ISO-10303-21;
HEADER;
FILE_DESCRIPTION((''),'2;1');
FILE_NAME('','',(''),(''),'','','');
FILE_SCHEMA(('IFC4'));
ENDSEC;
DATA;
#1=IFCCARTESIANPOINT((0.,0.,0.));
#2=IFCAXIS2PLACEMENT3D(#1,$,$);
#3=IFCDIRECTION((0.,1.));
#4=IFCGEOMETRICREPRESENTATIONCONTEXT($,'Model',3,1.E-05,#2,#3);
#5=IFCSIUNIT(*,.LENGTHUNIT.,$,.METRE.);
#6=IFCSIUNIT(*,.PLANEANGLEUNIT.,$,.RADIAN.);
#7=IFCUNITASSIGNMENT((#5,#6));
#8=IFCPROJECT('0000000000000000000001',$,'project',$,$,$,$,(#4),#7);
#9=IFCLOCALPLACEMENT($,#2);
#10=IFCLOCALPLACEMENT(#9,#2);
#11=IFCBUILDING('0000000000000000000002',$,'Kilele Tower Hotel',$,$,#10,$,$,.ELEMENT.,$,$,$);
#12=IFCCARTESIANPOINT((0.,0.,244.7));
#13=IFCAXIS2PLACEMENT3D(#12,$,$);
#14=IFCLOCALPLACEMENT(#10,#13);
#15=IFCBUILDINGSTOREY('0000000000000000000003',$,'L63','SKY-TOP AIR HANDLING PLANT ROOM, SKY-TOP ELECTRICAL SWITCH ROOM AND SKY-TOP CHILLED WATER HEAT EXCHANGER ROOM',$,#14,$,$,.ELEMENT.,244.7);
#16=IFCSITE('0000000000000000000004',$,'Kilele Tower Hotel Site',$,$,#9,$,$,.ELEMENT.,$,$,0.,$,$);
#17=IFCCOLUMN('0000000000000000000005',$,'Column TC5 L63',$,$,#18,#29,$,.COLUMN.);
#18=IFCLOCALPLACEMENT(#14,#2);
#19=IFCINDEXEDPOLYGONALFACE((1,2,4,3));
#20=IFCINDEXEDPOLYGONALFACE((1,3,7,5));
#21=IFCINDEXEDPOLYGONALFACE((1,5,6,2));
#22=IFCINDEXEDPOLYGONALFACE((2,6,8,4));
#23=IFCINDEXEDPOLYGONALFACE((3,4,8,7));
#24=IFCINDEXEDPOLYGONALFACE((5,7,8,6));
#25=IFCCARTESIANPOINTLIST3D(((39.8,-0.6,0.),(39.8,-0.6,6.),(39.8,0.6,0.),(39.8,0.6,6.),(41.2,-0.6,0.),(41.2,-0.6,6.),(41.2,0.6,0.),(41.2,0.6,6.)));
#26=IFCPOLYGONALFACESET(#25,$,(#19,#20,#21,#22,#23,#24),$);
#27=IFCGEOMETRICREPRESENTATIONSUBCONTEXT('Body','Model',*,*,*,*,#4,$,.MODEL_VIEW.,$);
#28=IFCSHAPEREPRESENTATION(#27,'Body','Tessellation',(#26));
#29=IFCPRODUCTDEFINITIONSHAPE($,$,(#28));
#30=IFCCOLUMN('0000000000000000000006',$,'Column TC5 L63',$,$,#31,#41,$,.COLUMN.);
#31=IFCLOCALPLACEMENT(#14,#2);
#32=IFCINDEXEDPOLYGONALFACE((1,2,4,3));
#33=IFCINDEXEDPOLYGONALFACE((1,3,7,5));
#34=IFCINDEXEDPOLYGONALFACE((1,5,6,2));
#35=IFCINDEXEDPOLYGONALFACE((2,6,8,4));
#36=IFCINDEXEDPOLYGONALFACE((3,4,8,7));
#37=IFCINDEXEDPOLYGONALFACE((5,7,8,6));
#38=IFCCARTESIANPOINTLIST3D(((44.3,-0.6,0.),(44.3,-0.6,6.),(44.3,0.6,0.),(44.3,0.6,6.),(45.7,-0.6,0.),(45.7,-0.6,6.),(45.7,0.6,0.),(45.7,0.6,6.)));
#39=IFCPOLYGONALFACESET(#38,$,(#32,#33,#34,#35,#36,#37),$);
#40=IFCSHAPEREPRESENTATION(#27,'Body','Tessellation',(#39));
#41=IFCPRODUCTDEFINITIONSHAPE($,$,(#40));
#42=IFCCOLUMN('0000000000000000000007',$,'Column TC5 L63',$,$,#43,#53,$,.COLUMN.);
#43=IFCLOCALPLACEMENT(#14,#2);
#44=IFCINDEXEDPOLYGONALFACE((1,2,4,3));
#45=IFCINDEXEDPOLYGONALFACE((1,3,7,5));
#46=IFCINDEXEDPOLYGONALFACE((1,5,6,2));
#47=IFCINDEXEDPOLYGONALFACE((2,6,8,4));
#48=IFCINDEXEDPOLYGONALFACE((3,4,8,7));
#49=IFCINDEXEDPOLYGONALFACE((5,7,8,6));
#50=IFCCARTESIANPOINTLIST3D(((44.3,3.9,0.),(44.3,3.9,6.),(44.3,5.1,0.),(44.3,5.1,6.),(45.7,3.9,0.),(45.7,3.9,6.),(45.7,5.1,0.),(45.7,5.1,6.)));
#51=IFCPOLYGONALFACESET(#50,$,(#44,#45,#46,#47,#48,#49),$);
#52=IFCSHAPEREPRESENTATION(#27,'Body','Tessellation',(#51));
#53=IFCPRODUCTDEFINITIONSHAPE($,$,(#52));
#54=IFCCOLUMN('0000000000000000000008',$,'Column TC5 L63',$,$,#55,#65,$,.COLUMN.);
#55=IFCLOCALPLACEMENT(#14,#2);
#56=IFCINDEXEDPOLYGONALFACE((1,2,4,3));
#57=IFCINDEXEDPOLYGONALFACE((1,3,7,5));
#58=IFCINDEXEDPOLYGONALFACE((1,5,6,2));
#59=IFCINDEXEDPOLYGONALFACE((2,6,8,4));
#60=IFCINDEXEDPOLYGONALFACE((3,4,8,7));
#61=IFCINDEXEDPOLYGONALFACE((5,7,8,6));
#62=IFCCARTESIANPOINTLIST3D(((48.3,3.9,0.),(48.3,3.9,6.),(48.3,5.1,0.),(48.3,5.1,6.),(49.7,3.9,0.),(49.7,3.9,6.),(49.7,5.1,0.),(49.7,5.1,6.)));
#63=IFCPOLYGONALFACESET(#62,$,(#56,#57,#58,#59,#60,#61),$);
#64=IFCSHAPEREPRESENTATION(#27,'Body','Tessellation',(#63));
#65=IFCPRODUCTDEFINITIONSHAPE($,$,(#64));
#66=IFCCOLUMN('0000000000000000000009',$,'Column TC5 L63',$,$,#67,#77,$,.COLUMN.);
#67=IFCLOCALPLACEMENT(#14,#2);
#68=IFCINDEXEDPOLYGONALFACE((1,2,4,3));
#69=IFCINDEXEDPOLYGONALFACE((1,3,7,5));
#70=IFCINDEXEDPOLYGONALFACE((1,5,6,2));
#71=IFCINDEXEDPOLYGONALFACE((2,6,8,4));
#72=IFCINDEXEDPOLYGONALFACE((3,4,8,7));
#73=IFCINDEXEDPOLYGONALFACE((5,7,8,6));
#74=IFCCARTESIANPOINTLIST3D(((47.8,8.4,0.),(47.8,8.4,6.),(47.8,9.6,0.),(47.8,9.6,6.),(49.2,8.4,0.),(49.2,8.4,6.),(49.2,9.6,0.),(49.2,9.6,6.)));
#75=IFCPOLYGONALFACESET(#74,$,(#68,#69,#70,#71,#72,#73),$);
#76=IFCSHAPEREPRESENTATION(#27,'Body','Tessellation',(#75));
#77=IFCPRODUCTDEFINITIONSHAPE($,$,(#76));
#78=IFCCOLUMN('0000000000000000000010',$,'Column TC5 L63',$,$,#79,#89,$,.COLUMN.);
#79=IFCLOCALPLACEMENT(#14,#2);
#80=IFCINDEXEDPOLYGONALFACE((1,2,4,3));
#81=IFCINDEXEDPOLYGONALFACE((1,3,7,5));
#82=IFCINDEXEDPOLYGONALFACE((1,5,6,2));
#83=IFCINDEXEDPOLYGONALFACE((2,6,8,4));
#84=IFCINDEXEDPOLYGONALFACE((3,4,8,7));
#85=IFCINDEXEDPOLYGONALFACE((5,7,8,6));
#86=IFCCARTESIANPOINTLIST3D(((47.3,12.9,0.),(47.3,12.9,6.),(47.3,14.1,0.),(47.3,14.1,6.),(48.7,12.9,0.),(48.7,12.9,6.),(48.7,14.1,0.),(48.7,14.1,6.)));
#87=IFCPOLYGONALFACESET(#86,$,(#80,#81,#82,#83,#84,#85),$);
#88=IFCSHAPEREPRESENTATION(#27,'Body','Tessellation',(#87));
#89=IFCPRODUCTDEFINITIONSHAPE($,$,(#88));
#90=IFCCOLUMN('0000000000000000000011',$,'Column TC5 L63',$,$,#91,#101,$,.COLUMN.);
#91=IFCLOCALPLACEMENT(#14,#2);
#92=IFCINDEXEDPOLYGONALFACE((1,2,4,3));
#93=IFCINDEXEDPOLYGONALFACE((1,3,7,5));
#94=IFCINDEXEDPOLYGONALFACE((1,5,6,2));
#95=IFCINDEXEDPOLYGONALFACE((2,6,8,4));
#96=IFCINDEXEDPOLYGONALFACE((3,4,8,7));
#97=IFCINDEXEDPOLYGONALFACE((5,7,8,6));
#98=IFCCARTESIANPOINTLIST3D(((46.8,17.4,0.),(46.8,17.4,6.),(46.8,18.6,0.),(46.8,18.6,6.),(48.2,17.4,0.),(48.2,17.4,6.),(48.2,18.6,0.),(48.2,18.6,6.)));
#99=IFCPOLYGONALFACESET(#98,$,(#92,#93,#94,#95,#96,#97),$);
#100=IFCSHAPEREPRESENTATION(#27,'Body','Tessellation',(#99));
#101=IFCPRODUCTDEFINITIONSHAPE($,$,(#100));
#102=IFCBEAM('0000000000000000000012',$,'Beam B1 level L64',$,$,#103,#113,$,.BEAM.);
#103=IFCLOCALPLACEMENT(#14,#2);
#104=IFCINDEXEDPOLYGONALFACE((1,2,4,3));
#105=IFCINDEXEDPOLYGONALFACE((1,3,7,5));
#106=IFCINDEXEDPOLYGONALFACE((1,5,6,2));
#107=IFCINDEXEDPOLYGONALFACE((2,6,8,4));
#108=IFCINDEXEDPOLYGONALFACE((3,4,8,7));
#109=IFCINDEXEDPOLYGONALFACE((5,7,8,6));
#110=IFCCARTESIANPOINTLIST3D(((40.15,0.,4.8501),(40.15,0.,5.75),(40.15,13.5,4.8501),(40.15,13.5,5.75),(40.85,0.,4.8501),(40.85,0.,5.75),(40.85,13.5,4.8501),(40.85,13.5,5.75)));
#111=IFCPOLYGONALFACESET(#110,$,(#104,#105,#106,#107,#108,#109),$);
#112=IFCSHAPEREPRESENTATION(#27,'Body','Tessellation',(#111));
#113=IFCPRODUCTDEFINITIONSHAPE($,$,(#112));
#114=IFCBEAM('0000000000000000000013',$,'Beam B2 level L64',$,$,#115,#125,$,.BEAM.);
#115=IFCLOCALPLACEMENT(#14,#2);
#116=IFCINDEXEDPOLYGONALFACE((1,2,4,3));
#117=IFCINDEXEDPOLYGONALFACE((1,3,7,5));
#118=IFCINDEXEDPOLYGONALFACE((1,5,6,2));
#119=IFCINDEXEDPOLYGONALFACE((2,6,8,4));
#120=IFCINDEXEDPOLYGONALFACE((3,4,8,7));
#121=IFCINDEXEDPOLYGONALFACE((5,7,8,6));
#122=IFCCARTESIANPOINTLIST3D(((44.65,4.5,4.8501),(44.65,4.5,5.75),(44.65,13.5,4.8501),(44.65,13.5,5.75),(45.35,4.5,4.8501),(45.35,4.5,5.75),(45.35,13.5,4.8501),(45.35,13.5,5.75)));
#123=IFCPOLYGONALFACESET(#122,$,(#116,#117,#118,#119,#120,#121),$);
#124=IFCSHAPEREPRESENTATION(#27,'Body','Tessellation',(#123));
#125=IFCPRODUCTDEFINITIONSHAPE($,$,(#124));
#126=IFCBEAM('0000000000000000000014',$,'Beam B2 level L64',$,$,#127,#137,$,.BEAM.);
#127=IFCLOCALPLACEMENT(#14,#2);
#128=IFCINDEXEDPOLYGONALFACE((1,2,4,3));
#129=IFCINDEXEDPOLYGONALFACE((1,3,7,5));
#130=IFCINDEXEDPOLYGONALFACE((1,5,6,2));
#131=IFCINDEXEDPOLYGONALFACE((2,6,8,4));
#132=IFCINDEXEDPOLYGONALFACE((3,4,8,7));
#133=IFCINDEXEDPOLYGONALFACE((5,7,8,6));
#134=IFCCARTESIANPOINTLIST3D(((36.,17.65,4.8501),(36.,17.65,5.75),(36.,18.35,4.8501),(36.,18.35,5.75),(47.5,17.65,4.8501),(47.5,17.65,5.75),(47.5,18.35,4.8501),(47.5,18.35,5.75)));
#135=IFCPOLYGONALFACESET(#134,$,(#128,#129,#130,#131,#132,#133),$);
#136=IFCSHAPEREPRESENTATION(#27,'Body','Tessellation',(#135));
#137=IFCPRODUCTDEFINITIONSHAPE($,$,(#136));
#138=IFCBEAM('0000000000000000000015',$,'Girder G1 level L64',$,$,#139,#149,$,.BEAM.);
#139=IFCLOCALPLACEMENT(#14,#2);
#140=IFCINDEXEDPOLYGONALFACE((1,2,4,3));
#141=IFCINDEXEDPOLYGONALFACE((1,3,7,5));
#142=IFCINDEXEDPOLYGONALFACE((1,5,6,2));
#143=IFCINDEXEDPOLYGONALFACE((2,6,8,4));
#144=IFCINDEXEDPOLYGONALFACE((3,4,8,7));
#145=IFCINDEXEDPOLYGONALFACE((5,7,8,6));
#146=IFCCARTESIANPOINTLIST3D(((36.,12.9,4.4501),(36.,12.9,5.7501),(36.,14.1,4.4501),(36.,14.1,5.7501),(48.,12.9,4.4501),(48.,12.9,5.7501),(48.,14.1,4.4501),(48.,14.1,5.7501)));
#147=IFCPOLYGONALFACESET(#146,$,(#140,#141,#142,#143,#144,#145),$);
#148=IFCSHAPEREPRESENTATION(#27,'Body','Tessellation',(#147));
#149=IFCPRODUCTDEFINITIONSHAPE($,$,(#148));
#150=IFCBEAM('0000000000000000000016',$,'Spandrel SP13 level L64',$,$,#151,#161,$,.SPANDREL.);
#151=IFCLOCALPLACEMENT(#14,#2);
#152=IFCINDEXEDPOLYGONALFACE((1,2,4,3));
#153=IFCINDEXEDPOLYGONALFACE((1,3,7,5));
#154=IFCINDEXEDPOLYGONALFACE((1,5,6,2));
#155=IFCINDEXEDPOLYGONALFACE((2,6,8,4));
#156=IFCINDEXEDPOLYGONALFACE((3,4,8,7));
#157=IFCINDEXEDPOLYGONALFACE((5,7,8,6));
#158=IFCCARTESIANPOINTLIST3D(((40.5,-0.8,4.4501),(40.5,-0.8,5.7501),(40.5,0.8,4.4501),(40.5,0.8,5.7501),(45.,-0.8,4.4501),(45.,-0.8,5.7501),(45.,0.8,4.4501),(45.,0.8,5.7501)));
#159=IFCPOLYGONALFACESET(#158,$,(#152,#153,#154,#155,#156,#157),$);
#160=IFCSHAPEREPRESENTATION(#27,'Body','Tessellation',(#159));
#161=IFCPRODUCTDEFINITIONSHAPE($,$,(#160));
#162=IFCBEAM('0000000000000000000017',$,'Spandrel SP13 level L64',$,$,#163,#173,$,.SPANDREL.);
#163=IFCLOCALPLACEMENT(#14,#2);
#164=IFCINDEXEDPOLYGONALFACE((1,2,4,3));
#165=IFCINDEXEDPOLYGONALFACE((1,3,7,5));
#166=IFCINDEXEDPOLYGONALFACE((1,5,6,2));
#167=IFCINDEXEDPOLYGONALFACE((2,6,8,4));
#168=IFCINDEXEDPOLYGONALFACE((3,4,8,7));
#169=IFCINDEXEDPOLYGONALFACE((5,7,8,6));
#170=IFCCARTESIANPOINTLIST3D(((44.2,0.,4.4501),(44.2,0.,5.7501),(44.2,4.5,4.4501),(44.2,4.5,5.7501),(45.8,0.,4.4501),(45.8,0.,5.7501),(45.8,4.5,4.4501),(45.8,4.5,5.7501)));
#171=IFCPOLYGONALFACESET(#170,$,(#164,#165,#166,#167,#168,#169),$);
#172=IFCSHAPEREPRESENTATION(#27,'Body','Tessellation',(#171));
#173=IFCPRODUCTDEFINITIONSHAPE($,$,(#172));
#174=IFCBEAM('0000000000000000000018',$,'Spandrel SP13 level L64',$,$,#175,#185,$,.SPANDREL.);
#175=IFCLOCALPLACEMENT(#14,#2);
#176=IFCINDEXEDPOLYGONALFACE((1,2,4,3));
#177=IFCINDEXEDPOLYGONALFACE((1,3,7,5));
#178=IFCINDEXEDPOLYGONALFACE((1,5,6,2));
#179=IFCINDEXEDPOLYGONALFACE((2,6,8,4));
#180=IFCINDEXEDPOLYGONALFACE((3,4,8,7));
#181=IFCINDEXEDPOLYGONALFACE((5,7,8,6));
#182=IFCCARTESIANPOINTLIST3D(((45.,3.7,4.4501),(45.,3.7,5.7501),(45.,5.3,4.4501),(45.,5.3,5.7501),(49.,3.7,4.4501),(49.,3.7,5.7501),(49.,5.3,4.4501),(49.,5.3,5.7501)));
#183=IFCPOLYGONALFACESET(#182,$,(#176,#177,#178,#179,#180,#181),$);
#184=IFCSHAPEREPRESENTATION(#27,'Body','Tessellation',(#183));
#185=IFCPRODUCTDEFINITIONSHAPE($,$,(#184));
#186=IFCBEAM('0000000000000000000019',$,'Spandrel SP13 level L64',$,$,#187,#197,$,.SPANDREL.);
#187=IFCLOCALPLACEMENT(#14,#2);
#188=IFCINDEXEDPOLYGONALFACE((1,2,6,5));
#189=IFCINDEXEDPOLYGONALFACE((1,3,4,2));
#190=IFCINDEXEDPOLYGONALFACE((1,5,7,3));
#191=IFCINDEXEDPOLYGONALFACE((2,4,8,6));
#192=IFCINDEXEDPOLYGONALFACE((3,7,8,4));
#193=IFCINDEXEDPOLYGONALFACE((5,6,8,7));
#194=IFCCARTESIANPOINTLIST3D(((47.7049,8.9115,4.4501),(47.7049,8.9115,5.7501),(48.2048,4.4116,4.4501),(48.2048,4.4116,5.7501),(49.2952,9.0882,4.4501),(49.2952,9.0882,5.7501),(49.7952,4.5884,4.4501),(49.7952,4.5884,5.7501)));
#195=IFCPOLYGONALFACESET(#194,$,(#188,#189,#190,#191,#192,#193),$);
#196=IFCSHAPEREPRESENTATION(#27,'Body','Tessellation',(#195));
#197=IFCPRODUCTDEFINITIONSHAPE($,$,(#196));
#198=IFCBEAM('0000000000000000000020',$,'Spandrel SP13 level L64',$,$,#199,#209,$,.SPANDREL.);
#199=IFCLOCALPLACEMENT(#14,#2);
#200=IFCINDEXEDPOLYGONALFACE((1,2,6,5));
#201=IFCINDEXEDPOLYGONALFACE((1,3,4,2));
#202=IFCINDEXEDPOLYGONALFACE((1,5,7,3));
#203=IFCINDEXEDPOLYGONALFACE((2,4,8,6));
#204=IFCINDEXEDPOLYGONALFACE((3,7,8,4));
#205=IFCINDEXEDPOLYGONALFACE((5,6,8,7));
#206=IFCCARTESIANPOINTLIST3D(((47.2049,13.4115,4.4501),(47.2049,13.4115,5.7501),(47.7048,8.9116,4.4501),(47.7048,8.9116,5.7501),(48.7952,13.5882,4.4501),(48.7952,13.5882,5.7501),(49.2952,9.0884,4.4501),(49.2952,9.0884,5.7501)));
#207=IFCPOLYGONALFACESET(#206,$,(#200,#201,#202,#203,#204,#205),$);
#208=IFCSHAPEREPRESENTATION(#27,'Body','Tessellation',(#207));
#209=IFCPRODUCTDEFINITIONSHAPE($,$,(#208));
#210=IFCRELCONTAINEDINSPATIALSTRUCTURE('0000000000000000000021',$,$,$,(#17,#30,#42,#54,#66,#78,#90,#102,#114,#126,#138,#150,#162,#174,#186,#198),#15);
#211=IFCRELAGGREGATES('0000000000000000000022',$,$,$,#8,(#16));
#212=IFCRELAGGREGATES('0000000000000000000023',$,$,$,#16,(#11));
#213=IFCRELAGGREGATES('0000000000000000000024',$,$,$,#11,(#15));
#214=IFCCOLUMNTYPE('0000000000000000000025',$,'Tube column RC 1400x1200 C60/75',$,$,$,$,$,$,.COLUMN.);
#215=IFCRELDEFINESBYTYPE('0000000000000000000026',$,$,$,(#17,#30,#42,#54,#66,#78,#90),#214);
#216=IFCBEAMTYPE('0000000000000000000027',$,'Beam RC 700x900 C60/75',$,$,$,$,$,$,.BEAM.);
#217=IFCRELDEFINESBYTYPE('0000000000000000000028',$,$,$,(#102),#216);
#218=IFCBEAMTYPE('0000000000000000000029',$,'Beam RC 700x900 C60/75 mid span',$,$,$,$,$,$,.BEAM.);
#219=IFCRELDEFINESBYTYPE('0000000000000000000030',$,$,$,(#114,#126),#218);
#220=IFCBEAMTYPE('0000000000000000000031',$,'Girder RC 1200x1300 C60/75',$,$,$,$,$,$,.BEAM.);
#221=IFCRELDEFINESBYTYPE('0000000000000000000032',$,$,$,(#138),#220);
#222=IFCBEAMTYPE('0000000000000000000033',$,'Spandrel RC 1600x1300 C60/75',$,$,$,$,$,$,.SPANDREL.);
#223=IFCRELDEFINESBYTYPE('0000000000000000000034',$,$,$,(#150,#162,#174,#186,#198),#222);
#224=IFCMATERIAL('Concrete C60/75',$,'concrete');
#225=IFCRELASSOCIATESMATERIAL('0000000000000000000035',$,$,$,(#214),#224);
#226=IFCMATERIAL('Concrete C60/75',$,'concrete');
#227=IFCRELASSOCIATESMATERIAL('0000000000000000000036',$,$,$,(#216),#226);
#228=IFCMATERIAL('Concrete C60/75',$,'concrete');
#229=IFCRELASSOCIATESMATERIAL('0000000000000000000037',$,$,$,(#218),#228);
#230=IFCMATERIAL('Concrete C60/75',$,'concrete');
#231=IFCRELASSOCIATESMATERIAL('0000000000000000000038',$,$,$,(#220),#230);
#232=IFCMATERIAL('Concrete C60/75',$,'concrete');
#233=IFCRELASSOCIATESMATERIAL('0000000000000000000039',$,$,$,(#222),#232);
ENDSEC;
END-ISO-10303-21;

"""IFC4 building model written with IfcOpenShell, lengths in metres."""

from ifc_helpers import new_model, si_unit, direction, frame, origin, origin_2d, place, context, subcontext, project, spatial, rectangle, extrude, material, material_profile, profile_set, type_object, element, save


model = new_model("IFC4")

# Units and contexts
model_context = context("Model", 3, precision=1e-05, world=origin(), true_north=direction((0.0, 1.0)))
body_context = subcontext(model_context, "Body", "Model", "MODEL_VIEW")
ifc_project = project(units=[si_unit("LENGTHUNIT", "METRE"), si_unit("PLANEANGLEUNIT", "RADIAN")], contexts=[model_context])

# Site, building, storey
site_placement = place(None, origin())
site = spatial("IfcSite", under=ifc_project, at=site_placement, Name="Kilele Tower Hotel Site", CompositionType="ELEMENT", RefElevation=0.0)
building_placement = place(site_placement, origin())
building = spatial("IfcBuilding", under=site, at=building_placement, Name="Kilele Tower Hotel", CompositionType="ELEMENT")
storey_placement = place(building_placement, frame((0.0, 0.0, 244.7)))
storey = spatial("IfcBuildingStorey", under=building, at=storey_placement, Name="L63", Description="SKY-TOP AIR HANDLING PLANT ROOM, SKY-TOP ELECTRICAL SWITCH ROOM AND SKY-TOP CHILLED WATER HEAT EXCHANGER ROOM", CompositionType="ELEMENT", Elevation=244.7)

# Columns
ifc_material_1 = material(Name="Concrete C60/75", Category="concrete")
ifc_material_profile_1 = material_profile(ifc_material_1, rectangle(XDim=1.3999, YDim=1.2, at=origin_2d()))
ifc_profile_set_1 = profile_set([ifc_material_profile_1], Name="Concrete C60/75")
column_type = type_object("IfcColumnType", Name="Tube column RC 1400x1200 C60/75", PredefinedType="COLUMN", material=ifc_profile_set_1)
for number, where, z_axis, x_axis, name in (
    (1, (40.5, 0.0, 0.0), (0.0, 0.0, 1.0), (1.0, 0.0, 0.0), "Column TC5 L63"),
    (2, (45.0, 0.0, 0.0), (0.0, 0.0, 1.0), (1.0, 0.0, 0.0), "Column TC5 L63"),
    (3, (45.0, 4.5, 0.0), (0.0, 0.0, 1.0), (1.0, 0.0, 0.0), "Column TC5 L63"),
    (4, (49.0, 4.5, 0.0), (0.0, 0.0, 1.0), (1.0, 0.0, 0.0), "Column TC5 L63"),
    (5, (48.5, 9.0, 0.0), (0.0, 0.0, 1.0), (1.0, 0.0, 0.0), "Column TC5 L63"),
    (6, (48.0, 13.5, 0.0), (0.0, 0.0, 1.0), (1.0, 0.0, 0.0), "Column TC5 L63"),
    (7, (47.5, 18.0, 0.0), (0.0, 0.0, 1.0), (1.0, 0.0, 0.0), "Column TC5 L63"),
):
    element("IfcColumn", number, at=place(storey_placement, frame(where, z_axis=z_axis, x_axis=x_axis)), inside=storey, type_object=column_type, Name=name, PredefinedType="COLUMN", context=body_context, shape_type="SweptSolid", body=[
        extrude(rectangle(XDim=1.3999, YDim=1.2, at=origin_2d()), origin(), (0.0, 0.0, 1.0), 6.0),
    ])

# Beams
ifc_material_2 = material(Name="Concrete C60/75", Category="concrete")
ifc_material_profile_2 = material_profile(ifc_material_2, rectangle(XDim=0.7, YDim=0.8999, at=origin_2d()))
ifc_profile_set_2 = profile_set([ifc_material_profile_2], Name="Concrete C60/75")
beam_type_1 = type_object("IfcBeamType", Name="Beam RC 700x900 C60/75", PredefinedType="BEAM", material=ifc_profile_set_2)
beam_1_placement = place(storey_placement, frame((40.5, 0.0, 5.3), z_axis=(0.0, 1.0, 0.0), x_axis=(-1.0, 0.0, 0.0)))
element("IfcBeam", 8, at=beam_1_placement, inside=storey, type_object=beam_type_1, Name="Beam B1 level L64", PredefinedType="BEAM", context=body_context, shape_type="SweptSolid", body=[
    extrude(rectangle(XDim=0.7, YDim=0.8999, at=origin_2d()), origin(), (0.0, 0.0, 1.0), 13.5),
])
ifc_material_3 = material(Name="Concrete C60/75", Category="concrete")
ifc_material_profile_3 = material_profile(ifc_material_3, rectangle(XDim=0.7, YDim=0.8999, at=origin_2d()))
ifc_profile_set_3 = profile_set([ifc_material_profile_3], Name="Concrete C60/75")
beam_type_2 = type_object("IfcBeamType", Name="Beam RC 700x900 C60/75 mid span", PredefinedType="BEAM", material=ifc_profile_set_3)
beam_2_placement = place(storey_placement, frame((45.0, 4.5, 5.3), z_axis=(0.0, 1.0, 0.0), x_axis=(-1.0, 0.0, 0.0)))
element("IfcBeam", 9, at=beam_2_placement, inside=storey, type_object=beam_type_2, Name="Beam B2 level L64", PredefinedType="BEAM", context=body_context, shape_type="SweptSolid", body=[
    extrude(rectangle(XDim=0.7, YDim=0.8999, at=origin_2d()), origin(), (0.0, 0.0, 1.0), 9.0),
])
beam_3_placement = place(storey_placement, frame((47.5, 18.0, 5.3), z_axis=(-1.0, 0.0, 0.0), x_axis=(0.0, -1.0, 0.0)))
element("IfcBeam", 10, at=beam_3_placement, inside=storey, type_object=beam_type_2, Name="Beam B2 level L64", PredefinedType="BEAM", context=body_context, shape_type="SweptSolid", body=[
    extrude(rectangle(XDim=0.7, YDim=0.8999, at=origin_2d()), origin(), (0.0, 0.0, 1.0), 11.5),
])
ifc_material_4 = material(Name="Concrete C60/75", Category="concrete")
ifc_material_profile_4 = material_profile(ifc_material_4, rectangle(XDim=1.2, YDim=1.3, at=origin_2d()))
ifc_profile_set_4 = profile_set([ifc_material_profile_4], Name="Concrete C60/75")
beam_type_3 = type_object("IfcBeamType", Name="Girder RC 1200x1300 C60/75", PredefinedType="BEAM", material=ifc_profile_set_4)
beam_4_placement = place(storey_placement, frame((48.0, 13.5, 5.1001), z_axis=(-1.0, 0.0, 0.0), x_axis=(0.0, -1.0, 0.0)))
element("IfcBeam", 11, at=beam_4_placement, inside=storey, type_object=beam_type_3, Name="Girder G1 level L64", PredefinedType="BEAM", context=body_context, shape_type="SweptSolid", body=[
    extrude(rectangle(XDim=1.2, YDim=1.3, at=origin_2d()), origin(), (0.0, 0.0, 1.0), 12.0),
])
ifc_material_5 = material(Name="Concrete C60/75", Category="concrete")
ifc_material_profile_5 = material_profile(ifc_material_5, rectangle(XDim=1.6001, YDim=1.3, at=origin_2d()))
ifc_profile_set_5 = profile_set([ifc_material_profile_5], Name="Concrete C60/75")
beam_type_4 = type_object("IfcBeamType", Name="Spandrel RC 1600x1300 C60/75", PredefinedType="SPANDREL", material=ifc_profile_set_5)
for number, where, z_axis, x_axis, name in (
    (12, (40.5, 0.0, 5.1001), (1.0, 0.0, 0.0), (0.0, 1.0, 0.0), "Spandrel SP13 level L64"),
    (13, (45.0, 0.0, 5.1001), (0.0, 1.0, 0.0), (-1.0, 0.0, 0.0), "Spandrel SP13 level L64"),
):
    element("IfcBeam", number, at=place(storey_placement, frame(where, z_axis=z_axis, x_axis=x_axis)), inside=storey, type_object=beam_type_4, Name=name, PredefinedType="SPANDREL", context=body_context, shape_type="SweptSolid", body=[
        extrude(rectangle(XDim=1.6001, YDim=1.3, at=origin_2d()), origin(), (0.0, 0.0, 1.0), 4.5),
    ])
beam_5_placement = place(storey_placement, frame((45.0, 4.5, 5.1001), z_axis=(1.0, 0.0, 0.0), x_axis=(0.0, 1.0, 0.0)))
element("IfcBeam", 14, at=beam_5_placement, inside=storey, type_object=beam_type_4, Name="Spandrel SP13 level L64", PredefinedType="SPANDREL", context=body_context, shape_type="SweptSolid", body=[
    extrude(rectangle(XDim=1.6001, YDim=1.3, at=origin_2d()), origin(), (0.0, 0.0, 1.0), 4.0),
])
for number, where, z_axis, x_axis, name in (
    (15, (49.0, 4.5, 5.1001), (-0.110432, 0.993884, 0.0), (-0.993884, -0.110432, 0.0), "Spandrel SP13 level L64"),
    (16, (48.5, 9.0, 5.1001), (-0.110432, 0.993884, 0.0), (-0.993884, -0.110432, 0.0), "Spandrel SP13 level L64"),
):
    element("IfcBeam", number, at=place(storey_placement, frame(where, z_axis=z_axis, x_axis=x_axis)), inside=storey, type_object=beam_type_4, Name=name, PredefinedType="SPANDREL", context=body_context, shape_type="SweptSolid", body=[
        extrude(rectangle(XDim=1.6001, YDim=1.3, at=origin_2d()), origin(), (0.0, 0.0, 1.0), 4.5276),
    ])

save(model, "model.ifc")
